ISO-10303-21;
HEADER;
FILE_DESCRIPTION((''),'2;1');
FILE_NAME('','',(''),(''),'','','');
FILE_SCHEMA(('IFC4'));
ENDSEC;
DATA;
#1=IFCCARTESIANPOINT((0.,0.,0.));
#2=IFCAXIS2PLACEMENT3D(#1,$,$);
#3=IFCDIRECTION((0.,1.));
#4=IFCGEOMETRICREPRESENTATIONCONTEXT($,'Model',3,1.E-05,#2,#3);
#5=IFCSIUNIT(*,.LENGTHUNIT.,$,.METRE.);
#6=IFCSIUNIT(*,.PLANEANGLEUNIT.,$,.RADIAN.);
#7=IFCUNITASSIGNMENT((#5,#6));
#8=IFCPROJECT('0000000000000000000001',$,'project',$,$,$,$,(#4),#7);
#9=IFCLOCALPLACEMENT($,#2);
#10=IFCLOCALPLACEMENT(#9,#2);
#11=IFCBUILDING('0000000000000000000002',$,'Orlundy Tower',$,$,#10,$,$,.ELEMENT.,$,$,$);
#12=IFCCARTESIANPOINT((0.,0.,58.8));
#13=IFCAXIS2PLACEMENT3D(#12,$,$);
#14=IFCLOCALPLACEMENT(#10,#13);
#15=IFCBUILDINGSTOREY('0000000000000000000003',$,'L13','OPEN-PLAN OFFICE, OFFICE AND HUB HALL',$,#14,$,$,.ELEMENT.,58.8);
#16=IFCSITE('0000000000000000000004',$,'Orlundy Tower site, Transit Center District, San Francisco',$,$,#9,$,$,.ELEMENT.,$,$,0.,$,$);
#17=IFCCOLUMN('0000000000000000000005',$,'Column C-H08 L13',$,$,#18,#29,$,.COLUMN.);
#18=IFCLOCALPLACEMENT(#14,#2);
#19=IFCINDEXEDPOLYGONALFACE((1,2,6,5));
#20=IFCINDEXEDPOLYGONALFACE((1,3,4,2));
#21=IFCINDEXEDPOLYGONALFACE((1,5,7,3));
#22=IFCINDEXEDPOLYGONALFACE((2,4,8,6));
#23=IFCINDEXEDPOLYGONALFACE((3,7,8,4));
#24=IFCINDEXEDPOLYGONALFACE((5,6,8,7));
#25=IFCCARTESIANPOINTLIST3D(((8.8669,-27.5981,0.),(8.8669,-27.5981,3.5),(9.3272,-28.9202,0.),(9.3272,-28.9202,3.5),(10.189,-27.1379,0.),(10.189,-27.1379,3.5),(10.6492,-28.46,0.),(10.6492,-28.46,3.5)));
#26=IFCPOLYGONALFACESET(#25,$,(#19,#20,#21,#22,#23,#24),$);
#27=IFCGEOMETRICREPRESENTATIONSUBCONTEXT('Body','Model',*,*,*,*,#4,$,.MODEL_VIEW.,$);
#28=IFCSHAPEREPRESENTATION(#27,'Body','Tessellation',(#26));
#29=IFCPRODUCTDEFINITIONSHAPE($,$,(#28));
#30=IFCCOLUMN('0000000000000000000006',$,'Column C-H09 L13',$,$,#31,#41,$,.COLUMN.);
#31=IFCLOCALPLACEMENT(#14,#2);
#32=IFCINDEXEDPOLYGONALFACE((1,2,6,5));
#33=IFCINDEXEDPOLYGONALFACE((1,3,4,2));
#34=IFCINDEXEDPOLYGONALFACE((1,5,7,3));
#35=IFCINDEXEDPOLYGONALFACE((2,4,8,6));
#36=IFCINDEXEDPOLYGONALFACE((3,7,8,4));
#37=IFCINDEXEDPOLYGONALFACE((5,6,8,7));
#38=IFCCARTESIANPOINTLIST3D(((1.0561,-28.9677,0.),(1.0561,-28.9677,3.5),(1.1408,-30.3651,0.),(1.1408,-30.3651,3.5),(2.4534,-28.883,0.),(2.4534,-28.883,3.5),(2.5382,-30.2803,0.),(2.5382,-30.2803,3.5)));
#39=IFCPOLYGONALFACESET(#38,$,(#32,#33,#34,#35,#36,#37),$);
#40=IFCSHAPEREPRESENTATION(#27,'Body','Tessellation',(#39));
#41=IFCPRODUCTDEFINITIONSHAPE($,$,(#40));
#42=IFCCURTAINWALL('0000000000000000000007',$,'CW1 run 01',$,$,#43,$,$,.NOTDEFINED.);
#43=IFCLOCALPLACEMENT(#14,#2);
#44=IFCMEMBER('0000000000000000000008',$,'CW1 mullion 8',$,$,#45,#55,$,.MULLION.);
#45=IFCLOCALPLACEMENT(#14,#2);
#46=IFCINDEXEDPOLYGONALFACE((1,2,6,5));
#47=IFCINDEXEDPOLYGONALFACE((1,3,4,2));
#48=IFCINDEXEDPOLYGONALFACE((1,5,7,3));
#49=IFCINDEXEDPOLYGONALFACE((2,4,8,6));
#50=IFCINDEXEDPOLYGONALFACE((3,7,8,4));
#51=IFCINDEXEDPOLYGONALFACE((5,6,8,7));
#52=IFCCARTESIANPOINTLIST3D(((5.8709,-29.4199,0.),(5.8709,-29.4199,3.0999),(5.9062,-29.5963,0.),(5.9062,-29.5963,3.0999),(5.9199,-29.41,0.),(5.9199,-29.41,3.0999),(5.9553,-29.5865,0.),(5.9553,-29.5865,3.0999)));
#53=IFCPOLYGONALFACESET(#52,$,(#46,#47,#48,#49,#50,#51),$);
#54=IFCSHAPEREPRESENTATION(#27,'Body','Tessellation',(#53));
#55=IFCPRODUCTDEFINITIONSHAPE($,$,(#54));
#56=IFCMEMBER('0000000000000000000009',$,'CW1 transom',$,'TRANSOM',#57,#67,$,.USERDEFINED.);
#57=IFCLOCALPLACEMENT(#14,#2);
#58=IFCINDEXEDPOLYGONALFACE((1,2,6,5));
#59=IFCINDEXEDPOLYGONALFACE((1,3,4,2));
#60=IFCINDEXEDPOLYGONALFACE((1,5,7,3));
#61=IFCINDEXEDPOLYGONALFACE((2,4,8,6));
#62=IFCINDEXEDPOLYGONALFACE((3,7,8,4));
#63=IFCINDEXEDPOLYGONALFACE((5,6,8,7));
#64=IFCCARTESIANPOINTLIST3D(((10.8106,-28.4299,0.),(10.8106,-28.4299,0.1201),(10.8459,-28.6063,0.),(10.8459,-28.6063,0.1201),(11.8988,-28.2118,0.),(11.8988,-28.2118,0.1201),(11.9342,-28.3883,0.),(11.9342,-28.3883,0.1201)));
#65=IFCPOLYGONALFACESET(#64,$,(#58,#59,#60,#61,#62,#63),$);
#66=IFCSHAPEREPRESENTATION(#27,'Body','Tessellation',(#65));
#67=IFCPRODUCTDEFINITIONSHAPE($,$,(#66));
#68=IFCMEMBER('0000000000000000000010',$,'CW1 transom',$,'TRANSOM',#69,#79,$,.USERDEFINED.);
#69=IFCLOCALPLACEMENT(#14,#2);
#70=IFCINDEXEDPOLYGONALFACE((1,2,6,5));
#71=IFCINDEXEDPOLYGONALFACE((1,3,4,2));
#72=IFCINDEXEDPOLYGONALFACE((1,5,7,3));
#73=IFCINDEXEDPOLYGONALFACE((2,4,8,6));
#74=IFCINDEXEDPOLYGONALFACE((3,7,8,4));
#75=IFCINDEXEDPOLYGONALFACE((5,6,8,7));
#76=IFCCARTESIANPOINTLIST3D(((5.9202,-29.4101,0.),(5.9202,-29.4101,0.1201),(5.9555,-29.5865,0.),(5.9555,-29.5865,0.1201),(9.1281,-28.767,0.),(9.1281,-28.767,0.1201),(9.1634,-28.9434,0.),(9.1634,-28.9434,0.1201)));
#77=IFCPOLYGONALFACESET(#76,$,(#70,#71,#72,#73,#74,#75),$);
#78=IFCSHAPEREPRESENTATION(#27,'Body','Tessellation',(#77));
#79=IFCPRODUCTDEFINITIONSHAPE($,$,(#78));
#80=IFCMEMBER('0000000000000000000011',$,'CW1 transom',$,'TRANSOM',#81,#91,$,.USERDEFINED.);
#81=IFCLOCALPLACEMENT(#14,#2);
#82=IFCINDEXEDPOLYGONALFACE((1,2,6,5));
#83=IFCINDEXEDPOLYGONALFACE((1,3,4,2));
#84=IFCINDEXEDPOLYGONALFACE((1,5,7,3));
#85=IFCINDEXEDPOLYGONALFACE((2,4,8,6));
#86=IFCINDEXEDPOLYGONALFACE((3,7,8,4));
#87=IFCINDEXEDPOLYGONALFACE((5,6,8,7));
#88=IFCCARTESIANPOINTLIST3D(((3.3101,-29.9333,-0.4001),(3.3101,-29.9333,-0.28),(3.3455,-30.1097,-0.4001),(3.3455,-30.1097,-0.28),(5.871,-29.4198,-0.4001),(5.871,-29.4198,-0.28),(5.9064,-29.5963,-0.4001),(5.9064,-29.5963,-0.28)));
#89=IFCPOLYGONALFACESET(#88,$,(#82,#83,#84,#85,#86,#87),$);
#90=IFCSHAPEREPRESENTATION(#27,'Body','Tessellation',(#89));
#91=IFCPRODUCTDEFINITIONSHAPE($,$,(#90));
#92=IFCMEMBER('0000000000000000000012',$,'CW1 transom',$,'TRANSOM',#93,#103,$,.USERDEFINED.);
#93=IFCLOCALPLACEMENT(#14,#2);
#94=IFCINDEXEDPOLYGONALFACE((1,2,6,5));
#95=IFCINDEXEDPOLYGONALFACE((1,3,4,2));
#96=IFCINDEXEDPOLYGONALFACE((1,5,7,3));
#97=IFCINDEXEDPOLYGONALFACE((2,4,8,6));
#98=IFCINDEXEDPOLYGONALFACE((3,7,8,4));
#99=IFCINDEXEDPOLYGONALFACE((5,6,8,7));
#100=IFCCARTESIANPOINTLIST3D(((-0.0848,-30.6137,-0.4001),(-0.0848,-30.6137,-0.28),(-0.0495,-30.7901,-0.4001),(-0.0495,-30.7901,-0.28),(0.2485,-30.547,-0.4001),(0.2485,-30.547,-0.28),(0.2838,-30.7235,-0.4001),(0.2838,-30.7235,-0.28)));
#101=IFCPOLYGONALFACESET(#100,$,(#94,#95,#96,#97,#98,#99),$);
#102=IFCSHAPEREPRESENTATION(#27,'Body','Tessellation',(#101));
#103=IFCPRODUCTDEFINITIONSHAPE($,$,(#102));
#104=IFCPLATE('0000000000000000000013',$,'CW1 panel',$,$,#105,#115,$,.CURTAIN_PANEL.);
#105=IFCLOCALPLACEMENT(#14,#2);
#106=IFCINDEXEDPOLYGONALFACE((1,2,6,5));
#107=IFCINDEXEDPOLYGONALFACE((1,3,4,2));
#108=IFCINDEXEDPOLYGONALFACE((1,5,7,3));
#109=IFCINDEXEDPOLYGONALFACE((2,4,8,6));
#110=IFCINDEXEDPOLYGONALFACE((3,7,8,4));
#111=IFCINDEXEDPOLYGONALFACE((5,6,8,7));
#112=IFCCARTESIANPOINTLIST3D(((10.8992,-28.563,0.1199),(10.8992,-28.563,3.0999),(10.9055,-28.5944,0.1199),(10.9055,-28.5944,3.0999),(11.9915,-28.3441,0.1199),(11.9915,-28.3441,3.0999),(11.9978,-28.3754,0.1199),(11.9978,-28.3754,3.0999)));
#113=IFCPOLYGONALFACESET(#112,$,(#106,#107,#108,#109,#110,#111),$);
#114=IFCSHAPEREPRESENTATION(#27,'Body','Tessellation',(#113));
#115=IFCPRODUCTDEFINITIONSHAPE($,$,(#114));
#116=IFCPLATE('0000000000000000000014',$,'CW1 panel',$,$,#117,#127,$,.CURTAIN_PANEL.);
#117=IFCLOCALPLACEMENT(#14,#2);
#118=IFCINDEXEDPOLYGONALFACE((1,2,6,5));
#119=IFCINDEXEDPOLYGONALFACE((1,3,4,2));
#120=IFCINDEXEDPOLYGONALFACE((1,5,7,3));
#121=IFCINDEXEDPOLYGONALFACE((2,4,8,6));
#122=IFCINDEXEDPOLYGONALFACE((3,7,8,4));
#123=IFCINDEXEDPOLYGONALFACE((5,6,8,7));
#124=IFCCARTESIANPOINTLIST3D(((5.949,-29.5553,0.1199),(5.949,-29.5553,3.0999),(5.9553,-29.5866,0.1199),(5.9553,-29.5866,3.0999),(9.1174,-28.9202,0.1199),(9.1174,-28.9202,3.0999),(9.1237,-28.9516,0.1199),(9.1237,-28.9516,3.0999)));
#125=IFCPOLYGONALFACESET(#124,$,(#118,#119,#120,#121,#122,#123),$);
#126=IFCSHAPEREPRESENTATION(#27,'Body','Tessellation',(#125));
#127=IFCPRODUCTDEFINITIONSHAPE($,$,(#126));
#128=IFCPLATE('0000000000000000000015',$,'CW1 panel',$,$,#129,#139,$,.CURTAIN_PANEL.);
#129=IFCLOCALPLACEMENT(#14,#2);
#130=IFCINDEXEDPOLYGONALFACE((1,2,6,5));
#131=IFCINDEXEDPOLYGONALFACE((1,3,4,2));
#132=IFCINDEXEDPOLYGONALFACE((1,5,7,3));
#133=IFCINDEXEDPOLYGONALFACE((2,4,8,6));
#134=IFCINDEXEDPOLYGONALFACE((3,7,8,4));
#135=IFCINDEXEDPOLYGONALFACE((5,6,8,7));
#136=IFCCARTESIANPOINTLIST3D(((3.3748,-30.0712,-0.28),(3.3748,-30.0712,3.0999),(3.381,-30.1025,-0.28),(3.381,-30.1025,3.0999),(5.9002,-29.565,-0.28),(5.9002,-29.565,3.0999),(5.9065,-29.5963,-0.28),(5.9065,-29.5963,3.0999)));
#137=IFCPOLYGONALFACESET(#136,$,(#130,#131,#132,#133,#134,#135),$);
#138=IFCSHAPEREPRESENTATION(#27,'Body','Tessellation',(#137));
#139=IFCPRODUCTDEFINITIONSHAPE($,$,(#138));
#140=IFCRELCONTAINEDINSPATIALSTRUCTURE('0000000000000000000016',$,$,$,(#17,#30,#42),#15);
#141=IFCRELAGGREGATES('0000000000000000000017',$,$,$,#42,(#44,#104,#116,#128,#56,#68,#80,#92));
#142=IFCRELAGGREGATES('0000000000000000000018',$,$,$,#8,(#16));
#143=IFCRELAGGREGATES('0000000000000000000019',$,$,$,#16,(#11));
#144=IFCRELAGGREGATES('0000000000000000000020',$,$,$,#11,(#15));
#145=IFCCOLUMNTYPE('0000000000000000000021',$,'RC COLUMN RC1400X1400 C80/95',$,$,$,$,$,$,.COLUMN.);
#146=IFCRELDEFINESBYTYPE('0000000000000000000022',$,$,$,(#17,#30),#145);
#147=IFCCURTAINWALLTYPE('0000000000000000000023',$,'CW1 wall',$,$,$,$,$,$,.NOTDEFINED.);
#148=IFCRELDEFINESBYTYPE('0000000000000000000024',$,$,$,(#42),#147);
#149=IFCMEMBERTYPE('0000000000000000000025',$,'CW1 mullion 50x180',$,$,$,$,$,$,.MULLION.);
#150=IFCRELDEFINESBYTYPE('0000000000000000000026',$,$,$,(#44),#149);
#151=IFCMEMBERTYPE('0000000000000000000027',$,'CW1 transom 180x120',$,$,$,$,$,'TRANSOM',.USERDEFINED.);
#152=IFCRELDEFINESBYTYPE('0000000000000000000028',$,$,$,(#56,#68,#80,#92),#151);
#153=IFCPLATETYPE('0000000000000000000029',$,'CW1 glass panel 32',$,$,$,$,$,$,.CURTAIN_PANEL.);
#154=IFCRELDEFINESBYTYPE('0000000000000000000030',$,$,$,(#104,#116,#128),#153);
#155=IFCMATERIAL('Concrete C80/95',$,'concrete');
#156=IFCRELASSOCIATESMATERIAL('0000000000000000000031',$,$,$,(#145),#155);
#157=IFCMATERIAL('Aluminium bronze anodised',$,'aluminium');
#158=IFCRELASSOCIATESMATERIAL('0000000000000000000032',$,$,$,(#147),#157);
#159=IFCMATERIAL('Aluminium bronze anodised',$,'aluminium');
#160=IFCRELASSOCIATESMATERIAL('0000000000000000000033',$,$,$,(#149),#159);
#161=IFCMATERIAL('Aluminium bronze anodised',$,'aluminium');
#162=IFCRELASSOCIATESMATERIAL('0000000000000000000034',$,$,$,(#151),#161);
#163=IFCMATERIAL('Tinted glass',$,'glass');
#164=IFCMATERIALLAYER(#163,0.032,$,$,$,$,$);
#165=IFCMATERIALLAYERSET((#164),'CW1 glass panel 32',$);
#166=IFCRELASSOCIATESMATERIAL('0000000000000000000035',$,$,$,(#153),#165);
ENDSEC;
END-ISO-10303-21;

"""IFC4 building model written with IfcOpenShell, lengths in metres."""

from ifc_helpers import new_model, si_unit, direction, frame, origin, origin_2d, place, context, subcontext, project, spatial, rectangle, extrude, material, layer, layer_set, material_profile, profile_set, type_object, element, aggregate, save


model = new_model("IFC4")

# Units and contexts
model_context = context("Model", 3, precision=1e-05, world=origin(), true_north=direction((0.0, 1.0)))
body_context = subcontext(model_context, "Body", "Model", "MODEL_VIEW")
ifc_project = project(units=[si_unit("LENGTHUNIT", "METRE"), si_unit("PLANEANGLEUNIT", "RADIAN")], contexts=[model_context])

# Site, building, storey
site_placement = place(None, origin())
site = spatial("IfcSite", under=ifc_project, at=site_placement, Name="Orlundy Tower site, Transit Center District, San Francisco", CompositionType="ELEMENT", RefElevation=0.0)
building_placement = place(site_placement, origin())
building = spatial("IfcBuilding", under=site, at=building_placement, Name="Orlundy Tower", CompositionType="ELEMENT")
storey_placement = place(building_placement, frame((0.0, 0.0, 58.8)))
storey = spatial("IfcBuildingStorey", under=building, at=storey_placement, Name="L13", Description="OPEN-PLAN OFFICE, OFFICE AND HUB HALL", CompositionType="ELEMENT", Elevation=58.8)

# Columns
ifc_material_1 = material(Name="Concrete C80/95", Category="concrete")
ifc_material_profile_1 = material_profile(ifc_material_1, rectangle(XDim=1.3999, YDim=1.3999, at=origin_2d()), Name="RC1400X1400")
ifc_profile_set_1 = profile_set([ifc_material_profile_1], Name="Concrete C80/95")
column_type = type_object("IfcColumnType", Name="RC COLUMN RC1400X1400 C80/95", PredefinedType="COLUMN", material=ifc_profile_set_1)
for number, where, z_axis, x_axis, name in (
    (1, (9.7581, -28.0291, 0.0), (0.0, 0.0, 1.0), (0.328784, -0.944405, 0.0), "Column C-H08 L13"),
    (2, (1.7971, -29.624, 0.0), (0.0, 0.0, 1.0), (0.060543, -0.998166, 0.0), "Column C-H09 L13"),
):
    element("IfcColumn", number, at=place(storey_placement, frame(where, z_axis=z_axis, x_axis=x_axis)), inside=storey, type_object=column_type, Name=name, PredefinedType="COLUMN", context=body_context, shape_type="SweptSolid", body=[
        extrude(rectangle(XDim=1.3999, YDim=1.3999, at=origin_2d()), origin(), (0.0, 0.0, 1.0), 3.5),
    ])

# Curtain wall, members, plates
ifc_material_2 = material(Name="Aluminium bronze anodised", Category="aluminium")
curtain_wall_type = type_object("IfcCurtainWallType", Name="CW1 wall", PredefinedType="NOTDEFINED", material=ifc_material_2)
curtain_wall_placement = place(storey_placement, origin())
curtain_wall = element("IfcCurtainWall", 3, at=curtain_wall_placement, inside=storey, type_object=curtain_wall_type, Name="CW1 run 01", PredefinedType="NOTDEFINED")
ifc_material_3 = material(Name="Aluminium bronze anodised", Category="aluminium")
ifc_material_profile_2 = material_profile(ifc_material_3, rectangle(XDim=0.1799, YDim=0.05, at=origin_2d()), Name="CW1 mullion 50x180")
ifc_profile_set_2 = profile_set([ifc_material_profile_2], Name="Aluminium bronze anodised")
member_type_1 = type_object("IfcMemberType", Name="CW1 mullion 50x180", PredefinedType="MULLION", material=ifc_profile_set_2)
member_1_placement = place(storey_placement, frame((5.9131, -29.5032, 0.0), z_axis=(0.0, 0.0, 1.0), x_axis=(0.196532, -0.980497, 0.0)))
member_1 = element("IfcMember", 4, at=member_1_placement, type_object=member_type_1, Name="CW1 mullion 8", PredefinedType="MULLION", context=body_context, shape_type="SweptSolid", body=[
    extrude(rectangle(XDim=0.1799, YDim=0.05, at=origin_2d()), origin(), (0.0, 0.0, 1.0), 3.0999),
])
ifc_material_4 = material(Name="Aluminium bronze anodised", Category="aluminium")
ifc_material_profile_3 = material_profile(ifc_material_4, rectangle(XDim=0.1799, YDim=0.1201, at=origin_2d()), Name="CW1 transom 180x120")
ifc_profile_set_3 = profile_set([ifc_material_profile_3], Name="Aluminium bronze anodised")
member_type_2 = type_object("IfcMemberType", Name="CW1 transom 180x120", ElementType="TRANSOM", PredefinedType="USERDEFINED", material=ifc_profile_set_3)
member_2_placement = place(storey_placement, frame((11.9165, -28.3, 0.0601), z_axis=(-0.980513, -0.196455, 0.0), x_axis=(0.196455, -0.980513, 0.0)))
member_2 = element("IfcMember", 5, at=member_2_placement, type_object=member_type_2, Name="CW1 transom", ObjectType="TRANSOM", PredefinedType="USERDEFINED", context=body_context, shape_type="SweptSolid", body=[
    extrude(rectangle(XDim=0.1799, YDim=0.1201, at=origin_2d()), origin(), (0.0, 0.0, 1.0), 1.1099),
])
member_3_placement = place(storey_placement, frame((9.1458, -28.8552, 0.0601), z_axis=(-0.980494, -0.196547, 0.0), x_axis=(0.196547, -0.980494, 0.0)))
member_3 = element("IfcMember", 6, at=member_3_placement, type_object=member_type_2, Name="CW1 transom", ObjectType="TRANSOM", PredefinedType="USERDEFINED", context=body_context, shape_type="SweptSolid", body=[
    extrude(rectangle(XDim=0.1799, YDim=0.1201, at=origin_2d()), origin(), (0.0, 0.0, 1.0), 3.2717),
])
member_4_placement = place(storey_placement, frame((5.8887, -29.5081, -0.3401), z_axis=(-0.980487, -0.196584, 0.0), x_axis=(0.196584, -0.980487, 0.0)))
member_4 = element("IfcMember", 7, at=member_4_placement, type_object=member_type_2, Name="CW1 transom", ObjectType="TRANSOM", PredefinedType="USERDEFINED", context=body_context, shape_type="SweptSolid", body=[
    extrude(rectangle(XDim=0.1799, YDim=0.1201, at=origin_2d()), origin(), (0.0, 0.0, 1.0), 2.6118),
])
member_5_placement = place(storey_placement, frame((0.2661, -30.6353, -0.3401), z_axis=(-0.980581, -0.196116, 0.0), x_axis=(0.196116, -0.980581, 0.0)))
member_5 = element("IfcMember", 8, at=member_5_placement, type_object=member_type_2, Name="CW1 transom", ObjectType="TRANSOM", PredefinedType="USERDEFINED", context=body_context, shape_type="SweptSolid", body=[
    extrude(rectangle(XDim=0.1799, YDim=0.1201, at=origin_2d()), origin(), (0.0, 0.0, 1.0), 0.3398),
])
ifc_material_5 = material(Name="Tinted glass", Category="glass")
ifc_layer_1 = layer(ifc_material_5, 0.032)
ifc_layer_set_1 = layer_set([ifc_layer_1], Name="CW1 glass panel 32")
plate_type = type_object("IfcPlateType", Name="CW1 glass panel 32", PredefinedType="CURTAIN_PANEL", material=ifc_layer_set_1)
plate_1_placement = place(storey_placement, frame((11.4485, -28.4692, 0.1199), z_axis=(0.0, 0.0, 1.0), x_axis=(-0.980497, -0.196532, 0.0)))
plate_1 = element("IfcPlate", 9, at=plate_1_placement, type_object=plate_type, Name="CW1 panel", PredefinedType="CURTAIN_PANEL", context=body_context, shape_type="SweptSolid", body=[
    extrude(rectangle(XDim=1.114, YDim=0.032, at=origin_2d()), origin(), (0.0, 0.0, 1.0), 2.98),
])
plate_2_placement = place(storey_placement, frame((7.5364, -29.2534, 0.1199), z_axis=(0.0, 0.0, 1.0), x_axis=(-0.980497, -0.196532, 0.0)))
plate_2 = element("IfcPlate", 10, at=plate_2_placement, type_object=plate_type, Name="CW1 panel", PredefinedType="CURTAIN_PANEL", context=body_context, shape_type="SweptSolid", body=[
    extrude(rectangle(XDim=3.2314, YDim=0.032, at=origin_2d()), origin(), (0.0, 0.0, 1.0), 2.98),
])
plate_3_placement = place(storey_placement, frame((4.6406, -29.8337, -0.28), z_axis=(0.0, 0.0, 1.0), x_axis=(-0.980497, -0.196532, 0.0)))
plate_3 = element("IfcPlate", 11, at=plate_3_placement, type_object=plate_type, Name="CW1 panel", PredefinedType="CURTAIN_PANEL", context=body_context, shape_type="SweptSolid", body=[
    extrude(rectangle(XDim=2.5757, YDim=0.032, at=origin_2d()), origin(), (0.0, 0.0, 1.0), 3.3799),
])
aggregate(curtain_wall, [member_1, plate_1, plate_2, plate_3, member_2, member_3, member_4, member_5])

save(model, "model.ifc")
